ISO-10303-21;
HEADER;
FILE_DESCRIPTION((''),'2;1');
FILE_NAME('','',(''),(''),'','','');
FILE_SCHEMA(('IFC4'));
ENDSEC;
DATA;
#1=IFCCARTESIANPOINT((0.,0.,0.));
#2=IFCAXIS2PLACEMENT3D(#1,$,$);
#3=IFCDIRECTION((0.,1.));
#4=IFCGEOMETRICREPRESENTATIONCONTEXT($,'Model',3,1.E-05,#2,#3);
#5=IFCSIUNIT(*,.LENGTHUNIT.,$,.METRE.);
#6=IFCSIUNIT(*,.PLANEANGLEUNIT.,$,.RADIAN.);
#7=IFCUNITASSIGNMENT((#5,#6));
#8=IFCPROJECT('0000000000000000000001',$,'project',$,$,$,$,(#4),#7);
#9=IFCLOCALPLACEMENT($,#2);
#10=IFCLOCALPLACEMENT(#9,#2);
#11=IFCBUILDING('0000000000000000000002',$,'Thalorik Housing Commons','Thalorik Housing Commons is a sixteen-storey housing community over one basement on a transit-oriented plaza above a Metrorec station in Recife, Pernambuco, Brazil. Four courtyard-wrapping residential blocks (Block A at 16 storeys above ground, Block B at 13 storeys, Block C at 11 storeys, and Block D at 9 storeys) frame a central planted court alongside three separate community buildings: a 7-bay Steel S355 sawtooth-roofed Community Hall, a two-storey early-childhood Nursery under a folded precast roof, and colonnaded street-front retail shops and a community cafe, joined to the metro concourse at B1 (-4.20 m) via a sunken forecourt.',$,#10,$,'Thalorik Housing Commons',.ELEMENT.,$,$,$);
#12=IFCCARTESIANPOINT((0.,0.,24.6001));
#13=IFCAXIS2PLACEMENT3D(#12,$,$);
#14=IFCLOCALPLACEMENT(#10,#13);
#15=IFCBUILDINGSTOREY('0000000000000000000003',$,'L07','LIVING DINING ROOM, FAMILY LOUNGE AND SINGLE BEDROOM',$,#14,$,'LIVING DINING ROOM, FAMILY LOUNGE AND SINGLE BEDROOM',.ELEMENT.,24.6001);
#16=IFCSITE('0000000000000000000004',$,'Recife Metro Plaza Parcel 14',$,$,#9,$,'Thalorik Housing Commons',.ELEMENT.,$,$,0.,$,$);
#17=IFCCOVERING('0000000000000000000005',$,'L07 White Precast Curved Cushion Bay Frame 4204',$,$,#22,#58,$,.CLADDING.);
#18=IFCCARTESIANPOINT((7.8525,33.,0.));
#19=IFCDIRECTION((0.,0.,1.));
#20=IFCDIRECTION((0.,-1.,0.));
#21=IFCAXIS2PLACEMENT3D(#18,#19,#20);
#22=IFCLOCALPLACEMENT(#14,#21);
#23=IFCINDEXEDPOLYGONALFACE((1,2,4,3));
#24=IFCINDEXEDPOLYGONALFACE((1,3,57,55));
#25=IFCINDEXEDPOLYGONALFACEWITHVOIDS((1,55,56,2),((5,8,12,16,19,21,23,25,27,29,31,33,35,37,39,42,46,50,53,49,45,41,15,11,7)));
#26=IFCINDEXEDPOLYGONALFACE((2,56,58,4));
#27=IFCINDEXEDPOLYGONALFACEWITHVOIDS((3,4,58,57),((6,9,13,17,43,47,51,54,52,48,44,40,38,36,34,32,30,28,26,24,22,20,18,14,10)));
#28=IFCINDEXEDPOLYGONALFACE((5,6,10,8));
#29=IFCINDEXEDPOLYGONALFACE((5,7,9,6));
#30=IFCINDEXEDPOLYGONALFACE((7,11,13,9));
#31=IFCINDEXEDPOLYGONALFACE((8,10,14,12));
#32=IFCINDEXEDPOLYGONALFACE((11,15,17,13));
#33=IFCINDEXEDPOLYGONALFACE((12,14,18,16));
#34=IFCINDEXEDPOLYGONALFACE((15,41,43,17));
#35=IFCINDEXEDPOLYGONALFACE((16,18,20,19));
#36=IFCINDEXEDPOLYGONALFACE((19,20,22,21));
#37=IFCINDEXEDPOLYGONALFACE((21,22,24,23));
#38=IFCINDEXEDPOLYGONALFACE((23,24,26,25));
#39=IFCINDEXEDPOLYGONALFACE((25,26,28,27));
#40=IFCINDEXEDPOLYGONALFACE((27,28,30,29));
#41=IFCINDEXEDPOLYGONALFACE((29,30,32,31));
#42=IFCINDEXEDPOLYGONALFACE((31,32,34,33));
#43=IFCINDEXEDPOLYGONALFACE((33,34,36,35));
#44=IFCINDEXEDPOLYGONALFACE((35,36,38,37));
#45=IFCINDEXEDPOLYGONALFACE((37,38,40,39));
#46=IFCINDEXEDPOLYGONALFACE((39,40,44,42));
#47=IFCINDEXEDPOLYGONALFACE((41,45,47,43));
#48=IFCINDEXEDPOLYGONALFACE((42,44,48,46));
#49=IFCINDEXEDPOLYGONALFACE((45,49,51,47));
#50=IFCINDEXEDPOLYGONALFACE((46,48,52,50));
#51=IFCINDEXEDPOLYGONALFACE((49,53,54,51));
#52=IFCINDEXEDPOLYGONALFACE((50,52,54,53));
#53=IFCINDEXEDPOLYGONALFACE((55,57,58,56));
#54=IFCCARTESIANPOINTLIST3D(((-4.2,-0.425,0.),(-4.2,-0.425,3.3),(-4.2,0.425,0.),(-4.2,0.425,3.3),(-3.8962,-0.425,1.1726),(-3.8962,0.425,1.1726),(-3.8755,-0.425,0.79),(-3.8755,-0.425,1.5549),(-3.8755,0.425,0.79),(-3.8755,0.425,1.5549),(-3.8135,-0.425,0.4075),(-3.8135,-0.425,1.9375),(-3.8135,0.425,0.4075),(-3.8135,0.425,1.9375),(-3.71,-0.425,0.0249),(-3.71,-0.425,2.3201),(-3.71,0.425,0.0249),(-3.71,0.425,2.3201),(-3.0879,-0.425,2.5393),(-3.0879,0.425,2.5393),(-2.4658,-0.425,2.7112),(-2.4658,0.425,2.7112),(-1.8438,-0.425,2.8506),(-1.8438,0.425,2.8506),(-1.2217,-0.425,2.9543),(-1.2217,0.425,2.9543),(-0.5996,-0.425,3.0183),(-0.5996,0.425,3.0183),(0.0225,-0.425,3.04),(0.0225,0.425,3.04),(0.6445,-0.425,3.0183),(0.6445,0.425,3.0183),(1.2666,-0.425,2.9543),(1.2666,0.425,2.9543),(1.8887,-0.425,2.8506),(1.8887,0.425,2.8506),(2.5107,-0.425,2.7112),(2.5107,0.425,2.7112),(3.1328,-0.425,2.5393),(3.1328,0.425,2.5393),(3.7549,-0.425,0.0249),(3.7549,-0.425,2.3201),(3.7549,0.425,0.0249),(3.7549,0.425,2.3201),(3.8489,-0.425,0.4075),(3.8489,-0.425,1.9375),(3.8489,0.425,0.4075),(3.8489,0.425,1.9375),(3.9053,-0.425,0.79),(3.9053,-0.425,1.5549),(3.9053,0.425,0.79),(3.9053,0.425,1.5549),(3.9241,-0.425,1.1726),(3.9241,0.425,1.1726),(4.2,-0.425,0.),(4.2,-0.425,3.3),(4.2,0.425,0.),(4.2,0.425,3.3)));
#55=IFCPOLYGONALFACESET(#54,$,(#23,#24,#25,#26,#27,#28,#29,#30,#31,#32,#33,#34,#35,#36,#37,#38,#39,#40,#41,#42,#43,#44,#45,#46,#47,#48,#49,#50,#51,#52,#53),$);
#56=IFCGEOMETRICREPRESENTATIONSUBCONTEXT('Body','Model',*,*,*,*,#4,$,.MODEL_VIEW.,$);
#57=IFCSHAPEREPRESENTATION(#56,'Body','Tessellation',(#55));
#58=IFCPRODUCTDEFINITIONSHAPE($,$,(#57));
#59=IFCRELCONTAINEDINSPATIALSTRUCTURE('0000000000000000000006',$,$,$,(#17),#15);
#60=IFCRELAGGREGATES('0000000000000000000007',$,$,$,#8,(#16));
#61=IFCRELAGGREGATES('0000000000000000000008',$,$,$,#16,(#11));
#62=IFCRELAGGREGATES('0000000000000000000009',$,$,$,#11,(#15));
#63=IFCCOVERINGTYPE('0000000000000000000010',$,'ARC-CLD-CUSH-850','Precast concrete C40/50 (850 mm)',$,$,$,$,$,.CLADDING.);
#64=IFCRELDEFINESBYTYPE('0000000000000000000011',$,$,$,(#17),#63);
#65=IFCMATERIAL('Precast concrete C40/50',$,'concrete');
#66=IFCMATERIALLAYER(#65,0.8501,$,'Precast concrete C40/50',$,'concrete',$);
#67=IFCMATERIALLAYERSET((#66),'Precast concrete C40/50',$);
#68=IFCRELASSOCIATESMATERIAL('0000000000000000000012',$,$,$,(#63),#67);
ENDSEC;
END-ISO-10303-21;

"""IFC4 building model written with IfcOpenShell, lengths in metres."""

from ifc_helpers import new_model, si_unit, direction, frame, origin, place, context, subcontext, project, spatial, polyline, outline, extrude, material, layer, layer_set, type_object, element, save


model = new_model("IFC4")

# Units and contexts
model_context = context("Model", 3, precision=1e-05, world=origin(), true_north=direction((0.0, 1.0)))
body_context = subcontext(model_context, "Body", "Model", "MODEL_VIEW")
ifc_project = project(units=[si_unit("LENGTHUNIT", "METRE"), si_unit("PLANEANGLEUNIT", "RADIAN")], contexts=[model_context])

# Site, building, storey
site_placement = place(None, origin())
site = spatial("IfcSite", under=ifc_project, at=site_placement, Name="Recife Metro Plaza Parcel 14", LongName="Thalorik Housing Commons", CompositionType="ELEMENT", RefElevation=0.0)
building_placement = place(site_placement, origin())
building = spatial("IfcBuilding", under=site, at=building_placement, Name="Thalorik Housing Commons", Description="Thalorik Housing Commons is a sixteen-storey housing community over one basement on a transit-oriented plaza above a Metrorec station in Recife, Pernambuco, Brazil. Four courtyard-wrapping residential blocks (Block A at 16 storeys above ground, Block B at 13 storeys, Block C at 11 storeys, and Block D at 9 storeys) frame a central planted court alongside three separate community buildings: a 7-bay Steel S355 sawtooth-roofed Community Hall, a two-storey early-childhood Nursery under a folded precast roof, and colonnaded street-front retail shops and a community cafe, joined to the metro concourse at B1 (-4.20 m) via a sunken forecourt.", LongName="Thalorik Housing Commons", CompositionType="ELEMENT")
storey_placement = place(building_placement, frame((0.0, 0.0, 24.6001)))
storey = spatial("IfcBuildingStorey", under=building, at=storey_placement, Name="L07", Description="LIVING DINING ROOM, FAMILY LOUNGE AND SINGLE BEDROOM", LongName="LIVING DINING ROOM, FAMILY LOUNGE AND SINGLE BEDROOM", CompositionType="ELEMENT", Elevation=24.6001)

# Shared definitions
ifc_material_1 = material(Name="Precast concrete C40/50", Category="concrete")

# Covering
ifc_layer_1 = layer(ifc_material_1, 0.8501, Name="Precast concrete C40/50", Category="concrete")
ifc_layer_set_1 = layer_set([ifc_layer_1], Name="Precast concrete C40/50")
covering_type = type_object("IfcCoveringType", Name="ARC-CLD-CUSH-850", Description="Precast concrete C40/50 (850 mm)", PredefinedType="CLADDING", material=ifc_layer_set_1)
covering_placement = place(storey_placement, frame((7.8525, 33.0, 0.0), z_axis=(0.0, 0.0, 1.0), x_axis=(0.0, -1.0, 0.0)))
element("IfcCovering", 1, at=covering_placement, inside=storey, type_object=covering_type, Name="L07 White Precast Curved Cushion Bay Frame 4204", PredefinedType="CLADDING", context=body_context, shape_type="SweptSolid", body=[
    extrude(outline(polyline([(-4.2, 0.0), (4.2, 0.0), (4.2, 3.3), (-4.2, 3.3), (-4.2, 0.0)]), holes=[polyline([(3.7549, 0.0249), (3.8489, 0.4075), (3.9053, 0.79), (3.9241, 1.1726), (3.9053, 1.5549), (3.8489, 1.9375), (3.7549, 2.3201), (3.1328, 2.5393), (2.5107, 2.7112), (1.8887, 2.8506), (1.2666, 2.9543), (0.6445, 3.0183), (0.0225, 3.04), (-0.5996, 3.0183), (-1.2217, 2.9543), (-1.8438, 2.8506), (-2.4658, 2.7112), (-3.0879, 2.5393), (-3.71, 2.3201), (-3.8135, 1.9375), (-3.8755, 1.5549), (-3.8962, 1.1726), (-3.8755, 0.79), (-3.8135, 0.4075), (-3.71, 0.0249), (3.7549, 0.0249)])]), frame((0.0, 0.425, 0.0), z_axis=(0.0, -1.0, 0.0), x_axis=(1.0, 0.0, 0.0)), (0.0, 0.0, 1.0), 0.8501),
])

save(model, "model.ifc")
